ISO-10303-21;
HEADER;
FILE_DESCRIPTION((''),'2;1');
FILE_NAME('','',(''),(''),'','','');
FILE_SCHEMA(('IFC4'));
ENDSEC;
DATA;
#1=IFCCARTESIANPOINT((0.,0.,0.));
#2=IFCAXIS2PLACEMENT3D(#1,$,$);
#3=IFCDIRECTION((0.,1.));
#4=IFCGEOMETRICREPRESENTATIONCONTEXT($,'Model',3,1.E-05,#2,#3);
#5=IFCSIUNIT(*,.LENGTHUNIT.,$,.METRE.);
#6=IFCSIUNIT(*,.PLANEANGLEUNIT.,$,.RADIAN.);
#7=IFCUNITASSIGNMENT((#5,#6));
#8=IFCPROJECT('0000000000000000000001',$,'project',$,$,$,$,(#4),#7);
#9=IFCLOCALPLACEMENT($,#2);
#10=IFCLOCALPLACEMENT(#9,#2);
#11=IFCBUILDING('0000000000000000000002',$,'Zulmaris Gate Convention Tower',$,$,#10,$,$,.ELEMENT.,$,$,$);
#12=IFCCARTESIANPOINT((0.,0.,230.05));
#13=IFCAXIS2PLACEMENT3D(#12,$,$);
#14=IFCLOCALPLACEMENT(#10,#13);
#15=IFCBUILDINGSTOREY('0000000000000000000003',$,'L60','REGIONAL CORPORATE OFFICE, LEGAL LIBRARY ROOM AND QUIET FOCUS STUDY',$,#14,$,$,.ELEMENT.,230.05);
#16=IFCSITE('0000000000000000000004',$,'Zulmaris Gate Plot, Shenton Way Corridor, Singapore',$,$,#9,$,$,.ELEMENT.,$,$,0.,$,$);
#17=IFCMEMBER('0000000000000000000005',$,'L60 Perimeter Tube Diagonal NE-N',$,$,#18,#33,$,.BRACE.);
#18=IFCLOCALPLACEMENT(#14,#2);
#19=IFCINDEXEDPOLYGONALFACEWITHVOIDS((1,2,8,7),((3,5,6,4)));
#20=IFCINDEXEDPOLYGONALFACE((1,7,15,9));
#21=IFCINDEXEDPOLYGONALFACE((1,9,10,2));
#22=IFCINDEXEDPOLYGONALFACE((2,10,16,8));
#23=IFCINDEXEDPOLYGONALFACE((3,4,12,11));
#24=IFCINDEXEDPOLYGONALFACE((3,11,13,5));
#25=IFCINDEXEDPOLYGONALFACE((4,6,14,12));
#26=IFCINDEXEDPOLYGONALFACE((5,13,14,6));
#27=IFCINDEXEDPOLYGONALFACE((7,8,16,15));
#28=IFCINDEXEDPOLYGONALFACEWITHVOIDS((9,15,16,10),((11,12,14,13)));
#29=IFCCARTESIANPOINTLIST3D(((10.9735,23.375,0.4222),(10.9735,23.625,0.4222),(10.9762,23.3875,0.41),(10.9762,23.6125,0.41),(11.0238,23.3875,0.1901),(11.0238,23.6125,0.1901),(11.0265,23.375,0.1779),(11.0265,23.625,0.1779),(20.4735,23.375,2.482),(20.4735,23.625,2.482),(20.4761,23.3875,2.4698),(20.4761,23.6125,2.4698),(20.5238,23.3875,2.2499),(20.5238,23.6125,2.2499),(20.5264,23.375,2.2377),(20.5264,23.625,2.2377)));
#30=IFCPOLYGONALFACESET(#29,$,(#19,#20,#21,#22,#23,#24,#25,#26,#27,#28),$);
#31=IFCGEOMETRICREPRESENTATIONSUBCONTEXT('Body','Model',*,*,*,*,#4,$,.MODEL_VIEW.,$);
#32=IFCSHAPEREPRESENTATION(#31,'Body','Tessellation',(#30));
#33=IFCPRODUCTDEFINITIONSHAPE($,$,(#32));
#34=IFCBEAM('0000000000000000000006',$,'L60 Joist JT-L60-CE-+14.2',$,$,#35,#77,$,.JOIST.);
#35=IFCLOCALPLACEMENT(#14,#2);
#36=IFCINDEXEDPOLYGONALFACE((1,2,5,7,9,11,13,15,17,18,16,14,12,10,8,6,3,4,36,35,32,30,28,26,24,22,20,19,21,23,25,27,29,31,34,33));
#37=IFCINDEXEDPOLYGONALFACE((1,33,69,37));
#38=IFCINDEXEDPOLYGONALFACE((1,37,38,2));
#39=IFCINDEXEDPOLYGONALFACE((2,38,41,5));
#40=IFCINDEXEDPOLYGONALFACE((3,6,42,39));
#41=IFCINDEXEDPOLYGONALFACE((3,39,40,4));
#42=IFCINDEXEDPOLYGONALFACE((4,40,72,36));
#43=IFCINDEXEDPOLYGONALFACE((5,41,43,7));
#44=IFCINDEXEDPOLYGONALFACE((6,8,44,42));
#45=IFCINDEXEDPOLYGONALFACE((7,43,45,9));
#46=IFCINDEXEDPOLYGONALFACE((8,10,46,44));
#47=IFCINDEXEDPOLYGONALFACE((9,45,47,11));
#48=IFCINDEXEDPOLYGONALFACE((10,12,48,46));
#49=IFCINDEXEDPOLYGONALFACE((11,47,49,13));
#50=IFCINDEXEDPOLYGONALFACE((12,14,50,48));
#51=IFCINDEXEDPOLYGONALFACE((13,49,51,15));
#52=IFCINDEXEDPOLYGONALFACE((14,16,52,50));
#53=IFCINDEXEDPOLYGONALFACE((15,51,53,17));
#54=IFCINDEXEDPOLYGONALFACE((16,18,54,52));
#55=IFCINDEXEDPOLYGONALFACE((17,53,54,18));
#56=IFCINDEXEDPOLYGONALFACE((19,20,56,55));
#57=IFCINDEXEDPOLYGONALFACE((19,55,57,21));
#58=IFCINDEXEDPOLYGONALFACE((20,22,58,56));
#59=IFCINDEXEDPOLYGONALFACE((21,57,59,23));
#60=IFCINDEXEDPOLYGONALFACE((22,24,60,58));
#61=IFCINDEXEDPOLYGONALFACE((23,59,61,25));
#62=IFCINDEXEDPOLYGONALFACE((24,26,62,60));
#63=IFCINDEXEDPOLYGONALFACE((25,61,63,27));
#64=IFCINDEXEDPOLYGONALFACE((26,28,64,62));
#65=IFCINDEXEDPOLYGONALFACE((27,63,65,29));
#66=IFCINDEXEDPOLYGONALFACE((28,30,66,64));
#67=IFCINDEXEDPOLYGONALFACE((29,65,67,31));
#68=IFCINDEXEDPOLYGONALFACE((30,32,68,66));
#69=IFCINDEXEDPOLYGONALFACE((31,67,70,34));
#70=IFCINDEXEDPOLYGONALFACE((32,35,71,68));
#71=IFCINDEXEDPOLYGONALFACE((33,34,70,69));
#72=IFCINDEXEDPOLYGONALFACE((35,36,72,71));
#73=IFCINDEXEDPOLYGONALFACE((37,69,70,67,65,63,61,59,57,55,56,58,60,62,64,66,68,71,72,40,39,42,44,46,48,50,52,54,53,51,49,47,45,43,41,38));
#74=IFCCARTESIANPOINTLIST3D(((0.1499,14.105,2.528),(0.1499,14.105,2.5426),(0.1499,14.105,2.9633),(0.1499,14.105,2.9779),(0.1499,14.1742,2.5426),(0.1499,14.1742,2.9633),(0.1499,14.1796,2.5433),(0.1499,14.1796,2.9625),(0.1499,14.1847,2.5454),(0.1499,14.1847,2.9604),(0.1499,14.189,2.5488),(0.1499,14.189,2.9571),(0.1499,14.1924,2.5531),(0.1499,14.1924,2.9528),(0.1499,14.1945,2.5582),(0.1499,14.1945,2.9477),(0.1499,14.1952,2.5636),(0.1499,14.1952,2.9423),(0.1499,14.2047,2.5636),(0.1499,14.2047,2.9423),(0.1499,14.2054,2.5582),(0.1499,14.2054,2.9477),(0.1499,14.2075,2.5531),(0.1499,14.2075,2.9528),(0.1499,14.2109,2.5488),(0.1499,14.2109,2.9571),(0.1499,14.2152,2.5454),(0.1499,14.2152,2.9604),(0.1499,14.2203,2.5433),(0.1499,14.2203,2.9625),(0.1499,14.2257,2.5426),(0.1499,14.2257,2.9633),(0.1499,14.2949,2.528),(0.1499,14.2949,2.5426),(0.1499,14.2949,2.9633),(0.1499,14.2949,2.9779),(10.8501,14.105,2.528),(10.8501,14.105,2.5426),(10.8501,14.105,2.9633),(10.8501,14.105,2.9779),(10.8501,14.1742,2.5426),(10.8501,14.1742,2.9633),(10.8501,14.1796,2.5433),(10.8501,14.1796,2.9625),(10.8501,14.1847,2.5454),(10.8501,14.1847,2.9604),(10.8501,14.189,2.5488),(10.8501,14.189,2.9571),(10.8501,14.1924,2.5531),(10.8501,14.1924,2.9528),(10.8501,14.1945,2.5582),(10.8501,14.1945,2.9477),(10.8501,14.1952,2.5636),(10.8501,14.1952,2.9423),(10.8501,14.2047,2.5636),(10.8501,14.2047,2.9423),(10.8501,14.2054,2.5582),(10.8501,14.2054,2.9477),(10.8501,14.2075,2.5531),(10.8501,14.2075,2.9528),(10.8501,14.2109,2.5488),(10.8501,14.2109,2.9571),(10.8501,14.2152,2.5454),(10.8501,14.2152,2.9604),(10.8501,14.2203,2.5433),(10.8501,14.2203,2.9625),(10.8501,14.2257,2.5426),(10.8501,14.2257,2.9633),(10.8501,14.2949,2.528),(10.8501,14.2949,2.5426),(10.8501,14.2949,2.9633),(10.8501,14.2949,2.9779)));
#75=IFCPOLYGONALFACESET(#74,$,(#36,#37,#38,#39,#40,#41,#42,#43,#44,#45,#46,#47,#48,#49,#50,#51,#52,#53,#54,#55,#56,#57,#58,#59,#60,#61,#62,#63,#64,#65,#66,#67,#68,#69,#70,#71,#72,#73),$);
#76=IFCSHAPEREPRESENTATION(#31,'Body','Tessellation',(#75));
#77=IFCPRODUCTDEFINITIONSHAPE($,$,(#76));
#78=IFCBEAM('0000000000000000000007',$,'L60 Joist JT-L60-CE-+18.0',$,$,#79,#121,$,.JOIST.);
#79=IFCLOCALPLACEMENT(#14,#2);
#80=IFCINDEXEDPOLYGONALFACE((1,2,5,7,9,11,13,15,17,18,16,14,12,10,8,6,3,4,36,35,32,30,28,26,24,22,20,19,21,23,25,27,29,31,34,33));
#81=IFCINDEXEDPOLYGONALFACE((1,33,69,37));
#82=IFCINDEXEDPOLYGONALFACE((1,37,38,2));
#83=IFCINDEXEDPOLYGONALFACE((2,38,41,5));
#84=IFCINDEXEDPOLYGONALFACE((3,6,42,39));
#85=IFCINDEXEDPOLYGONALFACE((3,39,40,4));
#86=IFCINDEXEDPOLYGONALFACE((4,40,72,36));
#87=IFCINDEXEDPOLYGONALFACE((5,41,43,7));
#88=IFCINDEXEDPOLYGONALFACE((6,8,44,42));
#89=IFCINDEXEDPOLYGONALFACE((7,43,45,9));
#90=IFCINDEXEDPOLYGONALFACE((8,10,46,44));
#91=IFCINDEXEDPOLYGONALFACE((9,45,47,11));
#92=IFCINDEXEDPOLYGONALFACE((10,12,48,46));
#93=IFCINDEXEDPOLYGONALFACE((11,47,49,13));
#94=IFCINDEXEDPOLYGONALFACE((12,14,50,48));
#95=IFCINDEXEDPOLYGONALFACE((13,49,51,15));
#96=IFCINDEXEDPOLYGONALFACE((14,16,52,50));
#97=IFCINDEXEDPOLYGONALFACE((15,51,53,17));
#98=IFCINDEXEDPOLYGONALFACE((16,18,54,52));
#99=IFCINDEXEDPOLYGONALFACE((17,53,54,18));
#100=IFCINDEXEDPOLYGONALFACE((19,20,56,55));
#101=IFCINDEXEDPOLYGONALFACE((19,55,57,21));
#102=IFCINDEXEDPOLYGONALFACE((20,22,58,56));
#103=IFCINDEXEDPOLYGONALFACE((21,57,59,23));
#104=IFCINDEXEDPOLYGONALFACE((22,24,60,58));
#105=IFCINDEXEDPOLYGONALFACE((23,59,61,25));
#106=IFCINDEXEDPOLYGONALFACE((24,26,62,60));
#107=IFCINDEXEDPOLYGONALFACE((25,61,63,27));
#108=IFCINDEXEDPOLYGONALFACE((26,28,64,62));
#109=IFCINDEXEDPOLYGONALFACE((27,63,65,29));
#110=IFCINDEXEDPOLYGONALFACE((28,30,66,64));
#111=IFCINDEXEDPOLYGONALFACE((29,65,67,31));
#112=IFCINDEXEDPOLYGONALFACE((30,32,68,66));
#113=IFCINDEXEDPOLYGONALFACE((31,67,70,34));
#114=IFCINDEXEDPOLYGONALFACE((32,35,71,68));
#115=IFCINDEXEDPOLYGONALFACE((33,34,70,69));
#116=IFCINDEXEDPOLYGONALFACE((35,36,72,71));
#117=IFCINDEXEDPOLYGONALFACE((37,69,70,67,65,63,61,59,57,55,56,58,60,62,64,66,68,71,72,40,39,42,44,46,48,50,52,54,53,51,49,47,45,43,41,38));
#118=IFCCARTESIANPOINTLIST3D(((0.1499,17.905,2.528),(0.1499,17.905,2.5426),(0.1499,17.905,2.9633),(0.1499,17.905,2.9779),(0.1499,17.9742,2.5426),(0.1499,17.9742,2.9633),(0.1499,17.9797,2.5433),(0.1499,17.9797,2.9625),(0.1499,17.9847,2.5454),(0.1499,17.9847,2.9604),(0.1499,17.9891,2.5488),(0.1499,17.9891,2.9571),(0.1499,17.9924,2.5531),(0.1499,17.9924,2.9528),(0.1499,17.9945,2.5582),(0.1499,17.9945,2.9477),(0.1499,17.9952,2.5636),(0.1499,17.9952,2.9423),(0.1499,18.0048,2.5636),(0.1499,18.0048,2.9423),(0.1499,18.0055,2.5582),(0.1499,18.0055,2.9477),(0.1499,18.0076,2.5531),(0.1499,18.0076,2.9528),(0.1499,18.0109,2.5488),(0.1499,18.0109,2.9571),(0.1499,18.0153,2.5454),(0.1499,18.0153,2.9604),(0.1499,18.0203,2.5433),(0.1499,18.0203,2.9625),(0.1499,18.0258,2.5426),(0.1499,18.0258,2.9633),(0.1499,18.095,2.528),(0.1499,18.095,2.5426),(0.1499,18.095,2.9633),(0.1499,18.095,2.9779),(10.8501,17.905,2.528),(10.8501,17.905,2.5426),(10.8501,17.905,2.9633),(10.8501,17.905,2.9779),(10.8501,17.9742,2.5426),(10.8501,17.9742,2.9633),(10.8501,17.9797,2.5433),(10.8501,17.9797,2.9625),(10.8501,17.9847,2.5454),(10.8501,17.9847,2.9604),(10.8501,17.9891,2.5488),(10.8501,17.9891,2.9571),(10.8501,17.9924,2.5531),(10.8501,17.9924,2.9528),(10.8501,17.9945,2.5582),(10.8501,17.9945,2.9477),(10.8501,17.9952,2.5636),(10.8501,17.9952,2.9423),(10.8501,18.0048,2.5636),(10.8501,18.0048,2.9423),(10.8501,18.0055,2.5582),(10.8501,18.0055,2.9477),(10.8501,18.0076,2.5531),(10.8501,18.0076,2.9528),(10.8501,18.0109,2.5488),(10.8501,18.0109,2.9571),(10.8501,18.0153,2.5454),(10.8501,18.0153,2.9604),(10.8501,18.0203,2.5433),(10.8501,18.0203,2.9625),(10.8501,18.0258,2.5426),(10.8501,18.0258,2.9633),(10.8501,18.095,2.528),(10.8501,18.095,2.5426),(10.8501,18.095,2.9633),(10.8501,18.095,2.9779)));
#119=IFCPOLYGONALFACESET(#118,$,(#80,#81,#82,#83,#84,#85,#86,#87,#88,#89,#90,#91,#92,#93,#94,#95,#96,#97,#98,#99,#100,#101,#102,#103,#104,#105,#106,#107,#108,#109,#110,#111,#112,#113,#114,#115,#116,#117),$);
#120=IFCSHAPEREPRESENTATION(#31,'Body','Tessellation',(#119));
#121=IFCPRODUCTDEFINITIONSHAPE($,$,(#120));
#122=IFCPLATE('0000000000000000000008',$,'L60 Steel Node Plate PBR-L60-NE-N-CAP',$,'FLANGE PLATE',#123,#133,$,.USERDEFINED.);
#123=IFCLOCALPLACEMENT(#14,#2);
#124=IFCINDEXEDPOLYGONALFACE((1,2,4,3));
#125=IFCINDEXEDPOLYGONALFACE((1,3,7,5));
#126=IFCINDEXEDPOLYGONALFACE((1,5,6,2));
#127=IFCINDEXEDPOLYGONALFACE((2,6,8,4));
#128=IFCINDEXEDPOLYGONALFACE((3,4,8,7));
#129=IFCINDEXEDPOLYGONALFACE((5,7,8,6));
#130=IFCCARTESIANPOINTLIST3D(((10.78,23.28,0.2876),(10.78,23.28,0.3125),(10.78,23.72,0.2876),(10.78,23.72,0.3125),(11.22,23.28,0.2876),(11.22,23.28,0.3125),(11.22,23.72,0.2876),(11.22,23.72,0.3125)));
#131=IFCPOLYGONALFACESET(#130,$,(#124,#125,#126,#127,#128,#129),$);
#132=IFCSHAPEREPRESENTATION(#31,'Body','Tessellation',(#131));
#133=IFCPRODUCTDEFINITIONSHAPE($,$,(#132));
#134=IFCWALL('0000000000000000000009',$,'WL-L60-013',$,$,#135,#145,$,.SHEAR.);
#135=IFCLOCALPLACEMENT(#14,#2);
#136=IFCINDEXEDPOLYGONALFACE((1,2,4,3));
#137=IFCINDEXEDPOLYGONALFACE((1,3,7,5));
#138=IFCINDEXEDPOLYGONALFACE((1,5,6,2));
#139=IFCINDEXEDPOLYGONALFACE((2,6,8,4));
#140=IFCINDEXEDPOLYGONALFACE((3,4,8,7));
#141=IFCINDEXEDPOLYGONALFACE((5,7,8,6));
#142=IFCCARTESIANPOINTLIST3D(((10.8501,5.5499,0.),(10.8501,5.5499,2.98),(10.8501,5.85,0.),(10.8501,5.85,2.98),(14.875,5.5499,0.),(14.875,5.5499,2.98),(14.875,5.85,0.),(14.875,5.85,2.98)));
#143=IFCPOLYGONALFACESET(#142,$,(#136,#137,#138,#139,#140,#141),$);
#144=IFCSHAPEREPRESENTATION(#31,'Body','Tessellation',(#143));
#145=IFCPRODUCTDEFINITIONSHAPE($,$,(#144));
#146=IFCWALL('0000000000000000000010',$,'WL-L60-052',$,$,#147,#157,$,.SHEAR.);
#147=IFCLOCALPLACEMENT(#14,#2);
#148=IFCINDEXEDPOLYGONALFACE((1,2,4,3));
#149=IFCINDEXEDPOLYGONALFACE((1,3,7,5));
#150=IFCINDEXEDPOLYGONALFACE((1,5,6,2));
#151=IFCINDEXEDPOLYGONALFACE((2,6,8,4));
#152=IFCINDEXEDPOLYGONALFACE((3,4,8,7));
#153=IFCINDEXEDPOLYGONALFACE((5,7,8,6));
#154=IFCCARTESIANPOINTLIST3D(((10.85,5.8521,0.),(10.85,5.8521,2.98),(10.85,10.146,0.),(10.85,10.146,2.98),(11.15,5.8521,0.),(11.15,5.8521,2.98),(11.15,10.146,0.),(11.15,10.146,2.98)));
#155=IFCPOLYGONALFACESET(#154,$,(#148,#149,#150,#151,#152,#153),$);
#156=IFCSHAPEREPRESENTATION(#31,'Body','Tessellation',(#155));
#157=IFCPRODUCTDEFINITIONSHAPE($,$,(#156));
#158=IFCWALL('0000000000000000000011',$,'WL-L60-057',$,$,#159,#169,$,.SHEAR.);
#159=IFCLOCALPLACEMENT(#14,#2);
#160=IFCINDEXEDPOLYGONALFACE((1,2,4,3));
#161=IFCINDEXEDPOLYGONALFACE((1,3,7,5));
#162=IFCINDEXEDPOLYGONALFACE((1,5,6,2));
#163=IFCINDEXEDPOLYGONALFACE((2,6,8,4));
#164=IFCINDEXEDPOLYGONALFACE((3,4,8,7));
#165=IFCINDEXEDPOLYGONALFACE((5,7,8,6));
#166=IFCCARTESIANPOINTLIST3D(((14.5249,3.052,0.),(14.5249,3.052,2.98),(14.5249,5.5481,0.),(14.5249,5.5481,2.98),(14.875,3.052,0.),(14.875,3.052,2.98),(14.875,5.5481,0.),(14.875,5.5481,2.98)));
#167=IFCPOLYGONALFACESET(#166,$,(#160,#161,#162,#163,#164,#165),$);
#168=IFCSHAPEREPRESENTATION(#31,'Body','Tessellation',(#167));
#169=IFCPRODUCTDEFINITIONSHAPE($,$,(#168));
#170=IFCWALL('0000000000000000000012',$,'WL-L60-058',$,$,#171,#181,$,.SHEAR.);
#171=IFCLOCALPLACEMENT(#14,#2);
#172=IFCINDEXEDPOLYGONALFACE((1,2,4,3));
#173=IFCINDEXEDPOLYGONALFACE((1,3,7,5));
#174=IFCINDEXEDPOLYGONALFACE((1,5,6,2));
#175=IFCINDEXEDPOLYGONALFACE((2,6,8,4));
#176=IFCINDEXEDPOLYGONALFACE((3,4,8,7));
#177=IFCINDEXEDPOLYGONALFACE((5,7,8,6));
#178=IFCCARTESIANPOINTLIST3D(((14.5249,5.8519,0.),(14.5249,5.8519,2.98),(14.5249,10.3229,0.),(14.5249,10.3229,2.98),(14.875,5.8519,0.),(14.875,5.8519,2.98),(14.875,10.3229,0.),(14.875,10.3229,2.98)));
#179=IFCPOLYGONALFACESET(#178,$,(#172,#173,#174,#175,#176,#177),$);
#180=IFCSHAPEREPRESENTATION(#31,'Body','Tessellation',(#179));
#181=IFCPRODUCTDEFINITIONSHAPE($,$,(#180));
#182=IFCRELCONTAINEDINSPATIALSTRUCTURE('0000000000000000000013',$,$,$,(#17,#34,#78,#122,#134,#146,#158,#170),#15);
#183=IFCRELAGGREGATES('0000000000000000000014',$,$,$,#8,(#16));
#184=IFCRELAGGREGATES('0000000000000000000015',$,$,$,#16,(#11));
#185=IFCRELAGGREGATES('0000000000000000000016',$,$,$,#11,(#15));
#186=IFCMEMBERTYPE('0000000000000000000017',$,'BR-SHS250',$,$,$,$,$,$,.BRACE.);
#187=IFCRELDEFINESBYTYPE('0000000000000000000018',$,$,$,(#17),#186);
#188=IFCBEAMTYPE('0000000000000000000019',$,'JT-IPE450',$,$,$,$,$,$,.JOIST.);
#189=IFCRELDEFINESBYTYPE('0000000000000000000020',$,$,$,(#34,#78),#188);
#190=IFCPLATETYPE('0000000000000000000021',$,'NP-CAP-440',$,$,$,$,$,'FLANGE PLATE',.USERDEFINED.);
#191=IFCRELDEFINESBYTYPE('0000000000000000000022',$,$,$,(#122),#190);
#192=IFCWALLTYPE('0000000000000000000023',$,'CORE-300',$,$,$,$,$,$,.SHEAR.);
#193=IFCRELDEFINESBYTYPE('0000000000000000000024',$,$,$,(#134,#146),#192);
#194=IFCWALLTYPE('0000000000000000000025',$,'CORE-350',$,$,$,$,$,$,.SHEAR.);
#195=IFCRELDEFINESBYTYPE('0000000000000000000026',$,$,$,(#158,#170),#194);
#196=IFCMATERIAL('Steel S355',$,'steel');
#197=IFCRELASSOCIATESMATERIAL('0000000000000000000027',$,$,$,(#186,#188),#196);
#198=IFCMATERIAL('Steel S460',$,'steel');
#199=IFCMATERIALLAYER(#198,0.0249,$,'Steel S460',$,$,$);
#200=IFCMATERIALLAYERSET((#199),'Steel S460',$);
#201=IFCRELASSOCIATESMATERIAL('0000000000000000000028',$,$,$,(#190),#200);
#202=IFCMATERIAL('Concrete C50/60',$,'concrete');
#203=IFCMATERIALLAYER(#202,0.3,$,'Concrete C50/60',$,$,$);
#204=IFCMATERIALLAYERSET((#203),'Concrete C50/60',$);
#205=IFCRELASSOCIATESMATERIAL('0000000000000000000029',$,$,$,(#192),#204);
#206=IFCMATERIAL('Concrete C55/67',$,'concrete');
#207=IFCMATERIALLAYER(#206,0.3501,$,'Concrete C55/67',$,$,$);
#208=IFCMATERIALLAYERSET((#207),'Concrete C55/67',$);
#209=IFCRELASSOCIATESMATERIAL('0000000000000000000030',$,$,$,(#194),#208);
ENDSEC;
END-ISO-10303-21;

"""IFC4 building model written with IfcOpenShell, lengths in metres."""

from ifc_helpers import new_model, si_unit, direction, frame, frame_2d, origin, origin_2d, place, context, subcontext, project, spatial, rectangle, hollow_rectangle, i_section, extrude, material, layer, layer_set, material_profile, profile_set, type_object, element, save


model = new_model("IFC4")

# Units and contexts
model_context = context("Model", 3, precision=1e-05, world=origin(), true_north=direction((0.0, 1.0)))
body_context = subcontext(model_context, "Body", "Model", "MODEL_VIEW")
ifc_project = project(units=[si_unit("LENGTHUNIT", "METRE"), si_unit("PLANEANGLEUNIT", "RADIAN")], contexts=[model_context])

# Site, building, storey
site_placement = place(None, origin())
site = spatial("IfcSite", under=ifc_project, at=site_placement, Name="Zulmaris Gate Plot, Shenton Way Corridor, Singapore", CompositionType="ELEMENT", RefElevation=0.0)
building_placement = place(site_placement, origin())
building = spatial("IfcBuilding", under=site, at=building_placement, Name="Zulmaris Gate Convention Tower", CompositionType="ELEMENT")
storey_placement = place(building_placement, frame((0.0, 0.0, 230.05)))
storey = spatial("IfcBuildingStorey", under=building, at=storey_placement, Name="L60", Description="REGIONAL CORPORATE OFFICE, LEGAL LIBRARY ROOM AND QUIET FOCUS STUDY", CompositionType="ELEMENT", Elevation=230.05)

# Shared definitions
ifc_material_1 = material(Name="Concrete C50/60", Category="concrete")

# Shared definitions
ifc_material_2 = material(Name="Steel S355", Category="steel")

# Member
ifc_material_profile_1 = material_profile(ifc_material_2, hollow_rectangle(XDim=0.25, YDim=0.25, WallThickness=0.0125, at=origin_2d()), Name="SHS 250x250x12.5")
ifc_profile_set_1 = profile_set([ifc_material_profile_1], Name="Steel S355")
member_type = type_object("IfcMemberType", Name="BR-SHS250", PredefinedType="BRACE", material=ifc_profile_set_1)
member_placement = place(storey_placement, frame((11.0, 23.5, 0.3), z_axis=(0.977292, 0.0, 0.211899), x_axis=(0.0, 1.0, 0.0)))
element("IfcMember", 1, at=member_placement, inside=storey, type_object=member_type, Name="L60 Perimeter Tube Diagonal NE-N", PredefinedType="BRACE", context=body_context, shape_type="SweptSolid", body=[
    extrude(hollow_rectangle(XDim=0.25, YDim=0.25, WallThickness=0.0125, at=origin_2d()), origin(), (0.0, 0.0, 1.0), 9.7207),
])

# Beams
ifc_material_profile_2 = material_profile(ifc_material_2, i_section(OverallWidth=0.1899, OverallDepth=0.45, WebThickness=0.0095, FlangeThickness=0.0146, FilletRadius=0.021, at=origin_2d()), Name="IPE 450")
ifc_profile_set_2 = profile_set([ifc_material_profile_2], Name="Steel S355")
beam_type_1 = type_object("IfcBeamType", Name="JT-IPE450", PredefinedType="JOIST", material=ifc_profile_set_2)
for number, where, z_axis, x_axis, name in (
    (2, (0.1499, 14.2, 2.7529), (1.0, 0.0, 0.0), (0.0, 1.0, 0.0), "L60 Joist JT-L60-CE-+14.2"),
    (3, (0.1499, 18.0, 2.7529), (1.0, 0.0, 0.0), (0.0, 1.0, 0.0), "L60 Joist JT-L60-CE-+18.0"),
):
    element("IfcBeam", number, at=place(storey_placement, frame(where, z_axis=z_axis, x_axis=x_axis)), inside=storey, type_object=beam_type_1, Name=name, PredefinedType="JOIST", context=body_context, shape_type="SweptSolid", body=[
        extrude(i_section(OverallWidth=0.1899, OverallDepth=0.45, WebThickness=0.0095, FlangeThickness=0.0146, FilletRadius=0.021, at=origin_2d()), origin(), (0.0, 0.0, 1.0), 10.7002),
    ])

# Plate
ifc_material_3 = material(Name="Steel S460", Category="steel")
ifc_layer_1 = layer(ifc_material_3, 0.0249, Name="Steel S460")
ifc_layer_set_1 = layer_set([ifc_layer_1], Name="Steel S460")
plate_type = type_object("IfcPlateType", Name="NP-CAP-440", ElementType="FLANGE PLATE", PredefinedType="USERDEFINED", material=ifc_layer_set_1)
plate_placement = place(storey_placement, frame((11.0, 23.5, 0.2876), z_axis=(0.0, 0.0, 1.0), x_axis=(1.0, 0.0, 0.0)))
element("IfcPlate", 4, at=plate_placement, inside=storey, type_object=plate_type, Name="L60 Steel Node Plate PBR-L60-NE-N-CAP", ObjectType="FLANGE PLATE", PredefinedType="USERDEFINED", context=body_context, shape_type="SweptSolid", body=[
    extrude(rectangle(XDim=0.4399, YDim=0.4399, at=origin_2d()), origin(), (0.0, 0.0, 1.0), 0.0249),
])

# Wall
ifc_layer_2 = layer(ifc_material_1, 0.3, Name="Concrete C50/60")
ifc_layer_set_2 = layer_set([ifc_layer_2], Name="Concrete C50/60")
wall_type_1 = type_object("IfcWallType", Name="CORE-300", PredefinedType="SHEAR", material=ifc_layer_set_2)
wall_1_placement = place(storey_placement, frame((10.8501, 5.7, 0.0), z_axis=(0.0, 0.0, 1.0), x_axis=(1.0, 0.0, 0.0)))
element("IfcWall", 5, at=wall_1_placement, inside=storey, type_object=wall_type_1, Name="WL-L60-013", PredefinedType="SHEAR", context=body_context, shape_type="SweptSolid", body=[
    extrude(rectangle(XDim=4.0249, YDim=0.3, at=frame_2d((2.0125, 0.0))), origin(), (0.0, 0.0, 1.0), 2.98),
])

# Wall
wall_2_placement = place(storey_placement, frame((11.0, 5.8521, 0.0), z_axis=(0.0, 0.0, 1.0), x_axis=(0.0, 1.0, 0.0)))
element("IfcWall", 6, at=wall_2_placement, inside=storey, type_object=wall_type_1, Name="WL-L60-052", PredefinedType="SHEAR", context=body_context, shape_type="SweptSolid", body=[
    extrude(rectangle(XDim=4.2939, YDim=0.3, at=frame_2d((2.147, 0.0))), origin(), (0.0, 0.0, 1.0), 2.98),
])

# Shared definitions
ifc_material_4 = material(Name="Concrete C55/67", Category="concrete")
ifc_layer_3 = layer(ifc_material_4, 0.3501, Name="Concrete C55/67")
ifc_layer_set_3 = layer_set([ifc_layer_3], Name="Concrete C55/67")
wall_type_2 = type_object("IfcWallType", Name="CORE-350", PredefinedType="SHEAR", material=ifc_layer_set_3)

# Walls
wall_3_placement = place(storey_placement, frame((14.7, 3.052, 0.0), z_axis=(0.0, 0.0, 1.0), x_axis=(0.0, 1.0, 0.0)))
element("IfcWall", 7, at=wall_3_placement, inside=storey, type_object=wall_type_2, Name="WL-L60-057", PredefinedType="SHEAR", context=body_context, shape_type="SweptSolid", body=[
    extrude(rectangle(XDim=2.4961, YDim=0.3501, at=frame_2d((1.248, 0.0))), origin(), (0.0, 0.0, 1.0), 2.98),
])
wall_4_placement = place(storey_placement, frame((14.7, 5.8521, 0.0), z_axis=(0.0, 0.0, 1.0), x_axis=(0.0, 1.0, 0.0)))
element("IfcWall", 8, at=wall_4_placement, inside=storey, type_object=wall_type_2, Name="WL-L60-058", PredefinedType="SHEAR", context=body_context, shape_type="SweptSolid", body=[
    extrude(rectangle(XDim=4.4709, YDim=0.3501, at=frame_2d((2.2354, 0.0))), origin(), (0.0, 0.0, 1.0), 2.98),
])

save(model, "model.ifc")
